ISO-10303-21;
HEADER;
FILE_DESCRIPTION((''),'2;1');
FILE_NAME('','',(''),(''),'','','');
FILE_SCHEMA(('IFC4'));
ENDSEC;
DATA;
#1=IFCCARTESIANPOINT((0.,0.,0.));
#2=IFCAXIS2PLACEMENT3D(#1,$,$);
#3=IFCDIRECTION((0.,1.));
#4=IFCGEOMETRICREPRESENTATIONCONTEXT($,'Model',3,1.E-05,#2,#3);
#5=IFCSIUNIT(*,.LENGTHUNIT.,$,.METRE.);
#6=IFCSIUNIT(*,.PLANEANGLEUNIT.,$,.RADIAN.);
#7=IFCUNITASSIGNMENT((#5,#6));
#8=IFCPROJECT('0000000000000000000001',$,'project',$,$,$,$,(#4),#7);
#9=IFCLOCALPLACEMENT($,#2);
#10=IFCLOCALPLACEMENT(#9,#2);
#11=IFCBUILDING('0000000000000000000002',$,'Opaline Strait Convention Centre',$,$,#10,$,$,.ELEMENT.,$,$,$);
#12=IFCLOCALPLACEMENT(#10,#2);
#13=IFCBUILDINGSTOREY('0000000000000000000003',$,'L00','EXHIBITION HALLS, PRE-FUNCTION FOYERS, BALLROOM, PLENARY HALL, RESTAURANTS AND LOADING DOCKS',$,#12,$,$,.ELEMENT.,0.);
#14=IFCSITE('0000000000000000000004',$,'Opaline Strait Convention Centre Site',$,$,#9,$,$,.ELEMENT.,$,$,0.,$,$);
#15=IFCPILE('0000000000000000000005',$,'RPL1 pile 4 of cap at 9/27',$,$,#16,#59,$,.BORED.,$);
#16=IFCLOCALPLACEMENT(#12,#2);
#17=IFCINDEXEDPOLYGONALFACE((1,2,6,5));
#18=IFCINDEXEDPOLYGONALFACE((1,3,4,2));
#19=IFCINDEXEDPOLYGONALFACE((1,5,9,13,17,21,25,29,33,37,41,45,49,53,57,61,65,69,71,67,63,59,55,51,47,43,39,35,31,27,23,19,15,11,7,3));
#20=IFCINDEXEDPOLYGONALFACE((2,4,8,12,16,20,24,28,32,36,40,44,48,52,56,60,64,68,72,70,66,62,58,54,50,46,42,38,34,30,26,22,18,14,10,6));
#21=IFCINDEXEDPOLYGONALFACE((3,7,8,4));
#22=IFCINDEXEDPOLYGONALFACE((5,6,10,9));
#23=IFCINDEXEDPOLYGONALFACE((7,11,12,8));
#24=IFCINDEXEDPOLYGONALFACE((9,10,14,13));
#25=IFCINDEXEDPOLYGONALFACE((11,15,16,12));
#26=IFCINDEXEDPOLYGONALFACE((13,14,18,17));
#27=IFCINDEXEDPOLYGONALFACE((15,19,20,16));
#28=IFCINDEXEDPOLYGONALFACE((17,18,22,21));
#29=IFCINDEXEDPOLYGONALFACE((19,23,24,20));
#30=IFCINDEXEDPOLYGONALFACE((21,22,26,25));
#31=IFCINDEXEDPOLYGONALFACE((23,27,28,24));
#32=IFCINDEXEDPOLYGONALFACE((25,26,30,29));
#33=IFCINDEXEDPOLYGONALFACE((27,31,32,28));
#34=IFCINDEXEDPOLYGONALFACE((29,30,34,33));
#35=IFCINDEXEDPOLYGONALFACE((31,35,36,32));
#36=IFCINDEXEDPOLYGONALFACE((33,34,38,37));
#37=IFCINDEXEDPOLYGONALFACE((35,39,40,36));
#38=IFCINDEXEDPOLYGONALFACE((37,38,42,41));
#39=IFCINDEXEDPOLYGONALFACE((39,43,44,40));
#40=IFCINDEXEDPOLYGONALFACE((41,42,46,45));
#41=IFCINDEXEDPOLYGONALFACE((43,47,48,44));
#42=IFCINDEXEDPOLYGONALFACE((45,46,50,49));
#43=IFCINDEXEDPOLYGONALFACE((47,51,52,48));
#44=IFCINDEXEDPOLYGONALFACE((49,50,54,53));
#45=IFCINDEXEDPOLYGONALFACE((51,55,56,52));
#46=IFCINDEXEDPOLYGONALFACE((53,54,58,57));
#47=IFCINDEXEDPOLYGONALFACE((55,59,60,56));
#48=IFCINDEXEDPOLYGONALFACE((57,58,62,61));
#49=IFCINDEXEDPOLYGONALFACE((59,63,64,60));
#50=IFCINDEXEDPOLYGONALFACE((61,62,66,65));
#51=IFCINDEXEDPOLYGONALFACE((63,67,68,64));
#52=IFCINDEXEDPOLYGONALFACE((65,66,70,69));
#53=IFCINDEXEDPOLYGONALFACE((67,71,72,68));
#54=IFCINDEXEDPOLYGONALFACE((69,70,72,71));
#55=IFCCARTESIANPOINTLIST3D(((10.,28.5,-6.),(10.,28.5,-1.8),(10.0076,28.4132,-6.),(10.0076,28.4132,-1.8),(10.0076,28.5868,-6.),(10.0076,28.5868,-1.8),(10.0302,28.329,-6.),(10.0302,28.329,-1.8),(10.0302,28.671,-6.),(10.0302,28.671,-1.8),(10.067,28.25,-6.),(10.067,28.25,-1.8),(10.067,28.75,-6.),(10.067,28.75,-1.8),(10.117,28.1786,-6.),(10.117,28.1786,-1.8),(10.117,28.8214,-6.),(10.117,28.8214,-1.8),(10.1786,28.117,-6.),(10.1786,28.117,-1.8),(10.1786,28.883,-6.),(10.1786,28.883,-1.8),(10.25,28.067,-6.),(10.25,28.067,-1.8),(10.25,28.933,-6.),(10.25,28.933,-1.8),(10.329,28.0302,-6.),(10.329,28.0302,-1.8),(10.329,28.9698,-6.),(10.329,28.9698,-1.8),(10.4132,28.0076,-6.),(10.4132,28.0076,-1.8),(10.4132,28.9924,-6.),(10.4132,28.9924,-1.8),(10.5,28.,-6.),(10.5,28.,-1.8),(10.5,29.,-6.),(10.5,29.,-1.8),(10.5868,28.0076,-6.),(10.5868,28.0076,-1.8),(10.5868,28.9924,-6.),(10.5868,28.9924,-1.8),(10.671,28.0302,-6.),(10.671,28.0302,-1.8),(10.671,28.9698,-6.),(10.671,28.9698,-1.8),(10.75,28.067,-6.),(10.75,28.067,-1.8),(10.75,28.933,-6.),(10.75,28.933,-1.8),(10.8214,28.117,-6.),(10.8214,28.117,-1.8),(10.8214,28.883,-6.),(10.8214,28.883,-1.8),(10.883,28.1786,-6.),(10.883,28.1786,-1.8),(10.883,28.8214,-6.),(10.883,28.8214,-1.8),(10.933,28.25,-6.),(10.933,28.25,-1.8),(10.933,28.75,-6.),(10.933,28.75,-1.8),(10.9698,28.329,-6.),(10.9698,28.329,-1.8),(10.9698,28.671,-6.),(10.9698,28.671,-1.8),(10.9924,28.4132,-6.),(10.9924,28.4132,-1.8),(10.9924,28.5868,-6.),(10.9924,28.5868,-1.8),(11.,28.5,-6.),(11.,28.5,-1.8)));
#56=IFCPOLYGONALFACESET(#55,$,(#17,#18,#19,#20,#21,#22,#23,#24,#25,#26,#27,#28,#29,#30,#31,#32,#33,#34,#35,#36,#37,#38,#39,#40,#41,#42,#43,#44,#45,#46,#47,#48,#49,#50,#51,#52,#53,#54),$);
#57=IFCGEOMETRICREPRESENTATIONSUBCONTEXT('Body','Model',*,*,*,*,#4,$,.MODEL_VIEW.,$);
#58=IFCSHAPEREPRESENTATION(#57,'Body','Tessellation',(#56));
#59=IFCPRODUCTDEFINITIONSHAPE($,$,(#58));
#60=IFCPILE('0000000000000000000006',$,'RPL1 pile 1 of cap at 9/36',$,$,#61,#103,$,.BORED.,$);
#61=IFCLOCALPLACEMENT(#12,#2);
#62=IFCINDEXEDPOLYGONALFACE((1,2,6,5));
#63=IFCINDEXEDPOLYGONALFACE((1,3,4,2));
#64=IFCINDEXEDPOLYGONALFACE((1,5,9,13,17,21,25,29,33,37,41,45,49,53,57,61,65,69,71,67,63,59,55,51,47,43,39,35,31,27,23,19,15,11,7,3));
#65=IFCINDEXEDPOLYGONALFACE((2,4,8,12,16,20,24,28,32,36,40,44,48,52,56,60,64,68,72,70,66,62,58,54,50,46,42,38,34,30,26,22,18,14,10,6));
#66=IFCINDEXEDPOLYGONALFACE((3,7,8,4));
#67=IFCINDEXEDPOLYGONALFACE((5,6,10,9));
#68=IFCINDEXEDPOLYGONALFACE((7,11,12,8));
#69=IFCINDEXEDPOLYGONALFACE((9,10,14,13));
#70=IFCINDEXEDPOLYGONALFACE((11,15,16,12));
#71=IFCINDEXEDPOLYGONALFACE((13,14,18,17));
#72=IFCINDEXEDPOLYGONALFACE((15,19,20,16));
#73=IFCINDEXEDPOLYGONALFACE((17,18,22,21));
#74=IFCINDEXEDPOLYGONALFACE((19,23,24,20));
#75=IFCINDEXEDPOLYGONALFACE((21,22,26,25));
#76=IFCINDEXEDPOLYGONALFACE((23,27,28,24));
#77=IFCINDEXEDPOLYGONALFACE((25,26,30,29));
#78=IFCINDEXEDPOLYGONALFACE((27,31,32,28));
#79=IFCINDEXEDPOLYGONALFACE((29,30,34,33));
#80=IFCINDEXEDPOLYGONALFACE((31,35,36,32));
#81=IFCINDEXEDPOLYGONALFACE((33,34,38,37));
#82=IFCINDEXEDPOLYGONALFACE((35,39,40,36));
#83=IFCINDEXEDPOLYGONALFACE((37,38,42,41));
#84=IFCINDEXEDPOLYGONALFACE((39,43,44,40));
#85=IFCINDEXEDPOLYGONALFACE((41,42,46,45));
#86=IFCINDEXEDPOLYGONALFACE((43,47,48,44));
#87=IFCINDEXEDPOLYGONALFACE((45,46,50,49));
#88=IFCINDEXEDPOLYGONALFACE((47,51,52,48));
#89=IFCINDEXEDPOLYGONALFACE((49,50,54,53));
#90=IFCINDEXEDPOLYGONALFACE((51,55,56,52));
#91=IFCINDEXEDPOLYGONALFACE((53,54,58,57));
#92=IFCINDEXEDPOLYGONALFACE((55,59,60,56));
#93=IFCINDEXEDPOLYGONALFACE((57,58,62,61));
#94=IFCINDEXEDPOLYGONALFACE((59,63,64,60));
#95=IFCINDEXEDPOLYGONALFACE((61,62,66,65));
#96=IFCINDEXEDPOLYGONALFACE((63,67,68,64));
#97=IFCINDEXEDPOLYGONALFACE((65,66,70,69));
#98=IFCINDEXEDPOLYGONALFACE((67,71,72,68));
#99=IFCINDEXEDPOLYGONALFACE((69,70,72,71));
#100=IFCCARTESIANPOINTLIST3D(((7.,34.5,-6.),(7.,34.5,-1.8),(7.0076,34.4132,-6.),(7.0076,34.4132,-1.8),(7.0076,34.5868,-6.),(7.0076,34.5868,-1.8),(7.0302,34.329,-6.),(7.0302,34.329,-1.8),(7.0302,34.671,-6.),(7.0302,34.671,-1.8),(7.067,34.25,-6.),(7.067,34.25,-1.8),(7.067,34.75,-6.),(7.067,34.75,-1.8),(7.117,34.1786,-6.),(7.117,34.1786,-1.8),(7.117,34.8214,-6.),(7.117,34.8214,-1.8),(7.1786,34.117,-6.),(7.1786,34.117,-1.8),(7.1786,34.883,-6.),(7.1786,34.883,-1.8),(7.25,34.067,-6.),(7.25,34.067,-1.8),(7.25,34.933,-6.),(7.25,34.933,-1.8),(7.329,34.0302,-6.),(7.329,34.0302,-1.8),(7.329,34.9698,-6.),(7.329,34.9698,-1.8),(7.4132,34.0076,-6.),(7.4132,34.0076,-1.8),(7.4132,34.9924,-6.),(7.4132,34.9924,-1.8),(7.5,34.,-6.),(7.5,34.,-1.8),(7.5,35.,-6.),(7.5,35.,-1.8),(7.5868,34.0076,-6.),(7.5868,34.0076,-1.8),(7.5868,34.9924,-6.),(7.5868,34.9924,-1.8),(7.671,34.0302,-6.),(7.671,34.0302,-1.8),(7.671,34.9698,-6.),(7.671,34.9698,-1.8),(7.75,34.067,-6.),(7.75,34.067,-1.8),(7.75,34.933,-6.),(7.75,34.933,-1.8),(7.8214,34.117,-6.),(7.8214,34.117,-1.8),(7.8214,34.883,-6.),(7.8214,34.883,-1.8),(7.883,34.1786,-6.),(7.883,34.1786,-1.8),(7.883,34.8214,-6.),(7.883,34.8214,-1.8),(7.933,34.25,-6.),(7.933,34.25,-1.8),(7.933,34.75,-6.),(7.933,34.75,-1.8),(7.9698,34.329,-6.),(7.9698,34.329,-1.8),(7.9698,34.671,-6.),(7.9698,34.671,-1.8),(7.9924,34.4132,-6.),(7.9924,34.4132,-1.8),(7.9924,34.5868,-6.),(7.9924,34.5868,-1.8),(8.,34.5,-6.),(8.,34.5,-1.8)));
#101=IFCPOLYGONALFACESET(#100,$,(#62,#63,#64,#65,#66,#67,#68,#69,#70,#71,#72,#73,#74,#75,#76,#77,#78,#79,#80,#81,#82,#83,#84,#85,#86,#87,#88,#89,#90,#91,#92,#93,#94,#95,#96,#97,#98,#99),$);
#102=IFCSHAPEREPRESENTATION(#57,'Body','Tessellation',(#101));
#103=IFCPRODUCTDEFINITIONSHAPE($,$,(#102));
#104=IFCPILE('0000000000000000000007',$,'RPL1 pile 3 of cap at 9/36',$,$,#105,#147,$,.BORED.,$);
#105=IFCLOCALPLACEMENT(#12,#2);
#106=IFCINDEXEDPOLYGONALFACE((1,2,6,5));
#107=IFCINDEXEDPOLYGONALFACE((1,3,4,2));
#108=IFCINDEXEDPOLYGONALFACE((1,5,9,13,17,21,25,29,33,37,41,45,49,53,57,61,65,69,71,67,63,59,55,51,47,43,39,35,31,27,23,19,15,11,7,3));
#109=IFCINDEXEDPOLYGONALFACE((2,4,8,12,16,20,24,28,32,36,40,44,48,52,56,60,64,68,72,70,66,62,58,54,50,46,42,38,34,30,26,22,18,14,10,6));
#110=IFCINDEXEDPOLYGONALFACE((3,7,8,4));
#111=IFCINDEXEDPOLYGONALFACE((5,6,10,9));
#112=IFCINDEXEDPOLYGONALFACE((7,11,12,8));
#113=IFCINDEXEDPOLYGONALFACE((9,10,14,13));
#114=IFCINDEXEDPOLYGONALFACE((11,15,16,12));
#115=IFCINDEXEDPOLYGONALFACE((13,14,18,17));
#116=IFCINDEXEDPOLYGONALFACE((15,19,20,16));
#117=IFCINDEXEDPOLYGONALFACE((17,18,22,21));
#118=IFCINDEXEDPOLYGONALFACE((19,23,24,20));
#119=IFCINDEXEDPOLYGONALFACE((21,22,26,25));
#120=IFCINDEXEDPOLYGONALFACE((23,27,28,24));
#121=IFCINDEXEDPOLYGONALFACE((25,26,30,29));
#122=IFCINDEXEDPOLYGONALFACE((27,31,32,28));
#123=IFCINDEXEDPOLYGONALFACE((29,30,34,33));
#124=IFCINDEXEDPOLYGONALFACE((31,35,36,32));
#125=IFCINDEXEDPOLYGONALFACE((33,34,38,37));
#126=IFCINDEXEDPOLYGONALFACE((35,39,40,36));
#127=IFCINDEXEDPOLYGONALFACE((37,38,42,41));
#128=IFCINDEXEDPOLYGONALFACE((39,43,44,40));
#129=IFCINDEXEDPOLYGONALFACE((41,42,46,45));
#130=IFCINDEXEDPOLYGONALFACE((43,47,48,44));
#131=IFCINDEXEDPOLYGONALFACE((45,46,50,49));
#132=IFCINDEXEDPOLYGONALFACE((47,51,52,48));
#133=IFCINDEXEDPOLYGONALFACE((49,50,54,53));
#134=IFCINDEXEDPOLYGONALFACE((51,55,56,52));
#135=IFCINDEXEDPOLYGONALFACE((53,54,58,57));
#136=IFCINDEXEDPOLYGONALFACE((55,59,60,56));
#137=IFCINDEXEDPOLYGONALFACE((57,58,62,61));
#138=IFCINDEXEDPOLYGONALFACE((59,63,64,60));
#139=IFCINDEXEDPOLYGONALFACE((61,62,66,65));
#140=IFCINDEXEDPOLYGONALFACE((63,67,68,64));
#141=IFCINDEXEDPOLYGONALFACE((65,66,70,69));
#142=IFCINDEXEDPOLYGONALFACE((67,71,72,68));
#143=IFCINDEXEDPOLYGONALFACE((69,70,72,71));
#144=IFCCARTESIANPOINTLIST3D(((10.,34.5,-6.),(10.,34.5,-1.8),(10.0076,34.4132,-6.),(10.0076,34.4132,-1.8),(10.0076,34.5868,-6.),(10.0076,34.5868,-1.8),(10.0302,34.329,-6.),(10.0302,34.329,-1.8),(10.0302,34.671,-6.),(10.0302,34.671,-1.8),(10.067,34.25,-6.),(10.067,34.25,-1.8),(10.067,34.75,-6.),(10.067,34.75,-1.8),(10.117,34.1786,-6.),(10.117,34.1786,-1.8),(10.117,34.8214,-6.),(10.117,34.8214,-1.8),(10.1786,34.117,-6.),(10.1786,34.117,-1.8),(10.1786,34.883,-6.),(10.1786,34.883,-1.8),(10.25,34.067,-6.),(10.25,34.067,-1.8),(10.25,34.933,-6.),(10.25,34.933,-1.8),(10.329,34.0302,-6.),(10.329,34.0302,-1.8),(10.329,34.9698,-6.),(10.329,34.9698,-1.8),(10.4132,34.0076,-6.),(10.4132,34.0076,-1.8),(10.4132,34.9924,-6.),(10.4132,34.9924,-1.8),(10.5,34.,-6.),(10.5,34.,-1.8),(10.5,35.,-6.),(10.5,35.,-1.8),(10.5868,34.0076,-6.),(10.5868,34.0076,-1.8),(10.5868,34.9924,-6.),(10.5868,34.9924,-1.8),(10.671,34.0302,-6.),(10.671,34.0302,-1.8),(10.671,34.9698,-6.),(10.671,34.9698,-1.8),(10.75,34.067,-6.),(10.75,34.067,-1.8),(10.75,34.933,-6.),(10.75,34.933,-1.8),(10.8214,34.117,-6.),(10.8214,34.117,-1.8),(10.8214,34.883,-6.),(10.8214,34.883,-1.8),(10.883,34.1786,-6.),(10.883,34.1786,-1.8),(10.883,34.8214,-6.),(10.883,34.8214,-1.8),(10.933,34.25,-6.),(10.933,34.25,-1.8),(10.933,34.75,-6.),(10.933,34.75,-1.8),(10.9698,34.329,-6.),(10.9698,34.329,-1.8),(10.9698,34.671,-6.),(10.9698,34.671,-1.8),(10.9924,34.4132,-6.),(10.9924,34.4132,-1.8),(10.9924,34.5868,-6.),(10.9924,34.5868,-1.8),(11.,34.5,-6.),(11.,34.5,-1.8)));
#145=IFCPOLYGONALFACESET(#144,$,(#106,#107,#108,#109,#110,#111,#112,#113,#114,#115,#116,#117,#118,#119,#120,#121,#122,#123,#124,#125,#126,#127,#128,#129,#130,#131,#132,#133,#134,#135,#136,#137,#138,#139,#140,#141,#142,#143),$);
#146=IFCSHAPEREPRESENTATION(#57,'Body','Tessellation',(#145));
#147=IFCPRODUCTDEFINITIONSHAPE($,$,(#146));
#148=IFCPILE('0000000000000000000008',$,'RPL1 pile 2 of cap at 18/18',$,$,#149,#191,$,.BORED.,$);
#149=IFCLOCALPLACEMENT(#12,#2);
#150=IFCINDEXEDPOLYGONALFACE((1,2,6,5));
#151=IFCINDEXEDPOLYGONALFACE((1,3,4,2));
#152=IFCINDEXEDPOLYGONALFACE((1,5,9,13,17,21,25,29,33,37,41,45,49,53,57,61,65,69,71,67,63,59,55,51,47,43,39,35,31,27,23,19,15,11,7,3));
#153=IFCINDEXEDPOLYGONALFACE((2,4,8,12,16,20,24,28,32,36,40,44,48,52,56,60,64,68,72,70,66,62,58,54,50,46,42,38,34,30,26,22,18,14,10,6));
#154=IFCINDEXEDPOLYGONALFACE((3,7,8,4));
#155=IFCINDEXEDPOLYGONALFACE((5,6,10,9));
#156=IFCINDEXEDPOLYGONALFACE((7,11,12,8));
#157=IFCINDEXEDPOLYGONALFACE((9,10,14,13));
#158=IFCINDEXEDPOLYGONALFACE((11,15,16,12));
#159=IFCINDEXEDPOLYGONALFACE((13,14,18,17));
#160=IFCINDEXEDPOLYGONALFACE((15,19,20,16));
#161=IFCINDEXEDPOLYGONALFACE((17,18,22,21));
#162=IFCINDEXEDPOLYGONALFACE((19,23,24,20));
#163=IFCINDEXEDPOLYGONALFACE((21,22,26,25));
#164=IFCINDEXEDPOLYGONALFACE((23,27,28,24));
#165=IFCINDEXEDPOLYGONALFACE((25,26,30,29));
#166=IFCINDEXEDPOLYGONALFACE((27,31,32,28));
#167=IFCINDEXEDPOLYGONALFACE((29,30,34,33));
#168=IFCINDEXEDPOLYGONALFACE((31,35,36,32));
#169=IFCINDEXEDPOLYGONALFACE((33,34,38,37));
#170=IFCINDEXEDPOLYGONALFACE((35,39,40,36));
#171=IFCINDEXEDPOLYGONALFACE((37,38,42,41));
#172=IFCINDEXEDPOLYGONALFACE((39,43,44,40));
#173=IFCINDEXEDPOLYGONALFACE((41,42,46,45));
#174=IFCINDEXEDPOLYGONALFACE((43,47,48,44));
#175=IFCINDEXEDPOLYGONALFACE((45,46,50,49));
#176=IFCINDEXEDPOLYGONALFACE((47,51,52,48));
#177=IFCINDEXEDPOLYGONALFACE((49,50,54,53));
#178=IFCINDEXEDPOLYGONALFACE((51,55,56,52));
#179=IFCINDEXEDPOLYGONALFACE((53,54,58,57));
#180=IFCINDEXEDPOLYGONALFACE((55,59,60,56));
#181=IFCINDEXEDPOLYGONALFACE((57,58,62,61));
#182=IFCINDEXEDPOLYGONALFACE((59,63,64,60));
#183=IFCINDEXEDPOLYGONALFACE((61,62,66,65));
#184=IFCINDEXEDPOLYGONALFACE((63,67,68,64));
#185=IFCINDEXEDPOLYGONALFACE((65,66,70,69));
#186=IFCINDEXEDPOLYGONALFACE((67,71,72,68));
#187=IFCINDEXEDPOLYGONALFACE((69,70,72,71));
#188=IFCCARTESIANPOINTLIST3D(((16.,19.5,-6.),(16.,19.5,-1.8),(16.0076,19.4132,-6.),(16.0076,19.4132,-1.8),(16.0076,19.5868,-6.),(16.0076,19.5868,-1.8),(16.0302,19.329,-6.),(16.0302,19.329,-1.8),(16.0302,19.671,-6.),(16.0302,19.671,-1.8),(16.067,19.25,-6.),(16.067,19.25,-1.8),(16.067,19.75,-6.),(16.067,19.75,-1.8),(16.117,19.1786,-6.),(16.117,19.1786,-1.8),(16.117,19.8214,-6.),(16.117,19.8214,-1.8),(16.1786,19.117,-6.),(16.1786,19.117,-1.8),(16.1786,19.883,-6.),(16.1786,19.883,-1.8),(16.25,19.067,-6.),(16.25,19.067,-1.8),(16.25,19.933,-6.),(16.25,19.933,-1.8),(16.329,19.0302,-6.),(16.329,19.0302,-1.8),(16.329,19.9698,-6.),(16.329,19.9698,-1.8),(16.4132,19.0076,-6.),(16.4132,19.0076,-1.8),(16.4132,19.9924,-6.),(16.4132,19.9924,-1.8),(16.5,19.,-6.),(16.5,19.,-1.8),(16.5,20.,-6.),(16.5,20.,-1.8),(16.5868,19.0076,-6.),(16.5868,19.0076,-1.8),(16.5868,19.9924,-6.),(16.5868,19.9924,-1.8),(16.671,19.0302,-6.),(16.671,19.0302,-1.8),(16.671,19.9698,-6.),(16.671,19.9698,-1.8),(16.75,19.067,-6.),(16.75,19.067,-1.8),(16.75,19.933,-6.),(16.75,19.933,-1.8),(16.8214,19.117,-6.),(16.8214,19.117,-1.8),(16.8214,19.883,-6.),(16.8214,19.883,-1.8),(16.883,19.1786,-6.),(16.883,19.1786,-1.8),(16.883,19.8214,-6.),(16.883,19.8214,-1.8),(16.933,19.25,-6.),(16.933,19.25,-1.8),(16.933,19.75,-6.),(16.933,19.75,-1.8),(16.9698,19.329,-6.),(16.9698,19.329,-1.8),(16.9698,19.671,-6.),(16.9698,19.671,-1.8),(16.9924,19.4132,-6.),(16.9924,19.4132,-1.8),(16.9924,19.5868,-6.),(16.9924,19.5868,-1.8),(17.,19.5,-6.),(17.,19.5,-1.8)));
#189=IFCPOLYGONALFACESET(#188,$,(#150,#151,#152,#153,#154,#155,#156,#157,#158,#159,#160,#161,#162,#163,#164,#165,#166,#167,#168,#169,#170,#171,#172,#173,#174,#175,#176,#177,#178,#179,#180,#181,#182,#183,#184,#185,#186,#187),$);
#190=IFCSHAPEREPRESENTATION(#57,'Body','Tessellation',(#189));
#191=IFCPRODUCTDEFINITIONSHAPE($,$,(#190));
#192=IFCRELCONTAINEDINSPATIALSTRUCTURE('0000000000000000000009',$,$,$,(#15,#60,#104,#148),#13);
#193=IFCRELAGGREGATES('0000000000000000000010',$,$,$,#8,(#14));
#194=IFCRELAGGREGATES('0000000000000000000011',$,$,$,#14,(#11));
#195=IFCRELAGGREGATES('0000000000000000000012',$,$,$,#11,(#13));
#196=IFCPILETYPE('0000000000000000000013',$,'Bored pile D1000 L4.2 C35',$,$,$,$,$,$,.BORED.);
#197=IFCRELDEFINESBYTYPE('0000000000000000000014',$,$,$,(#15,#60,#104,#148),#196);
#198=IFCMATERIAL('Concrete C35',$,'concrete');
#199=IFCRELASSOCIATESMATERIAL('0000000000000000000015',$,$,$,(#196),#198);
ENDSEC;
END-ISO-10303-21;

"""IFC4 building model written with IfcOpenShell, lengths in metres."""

from ifc_helpers import new_model, si_unit, direction, frame, origin, origin_2d, place, context, subcontext, project, spatial, circle, extrude, material, material_profile, profile_set, type_object, element, save


model = new_model("IFC4")

# Units and contexts
model_context = context("Model", 3, precision=1e-05, world=origin(), true_north=direction((0.0, 1.0)))
body_context = subcontext(model_context, "Body", "Model", "MODEL_VIEW")
ifc_project = project(units=[si_unit("LENGTHUNIT", "METRE"), si_unit("PLANEANGLEUNIT", "RADIAN")], contexts=[model_context])

# Site, building, storey
site_placement = place(None, origin())
site = spatial("IfcSite", under=ifc_project, at=site_placement, Name="Opaline Strait Convention Centre Site", CompositionType="ELEMENT", RefElevation=0.0)
building_placement = place(site_placement, origin())
building = spatial("IfcBuilding", under=site, at=building_placement, Name="Opaline Strait Convention Centre", CompositionType="ELEMENT")
storey_placement = place(building_placement, origin())
storey = spatial("IfcBuildingStorey", under=building, at=storey_placement, Name="L00", Description="EXHIBITION HALLS, PRE-FUNCTION FOYERS, BALLROOM, PLENARY HALL, RESTAURANTS AND LOADING DOCKS", CompositionType="ELEMENT", Elevation=0.0)

# Piles
ifc_material_1 = material(Name="Concrete C35", Category="concrete")
ifc_material_profile_1 = material_profile(ifc_material_1, circle(Radius=0.5, at=origin_2d()), Name="D1000")
ifc_profile_set_1 = profile_set([ifc_material_profile_1], Name="Concrete C35")
pile_type = type_object("IfcPileType", Name="Bored pile D1000 L4.2 C35", PredefinedType="BORED", material=ifc_profile_set_1)
for number, where, z_axis, x_axis, name in (
    (1, (10.5, 28.5, -1.8), (0.0, 0.0, -1.0), (1.0, 0.0, 0.0), "RPL1 pile 4 of cap at 9/27"),
    (2, (7.5, 34.5, -1.8), (0.0, 0.0, -1.0), (1.0, 0.0, 0.0), "RPL1 pile 1 of cap at 9/36"),
    (3, (10.5, 34.5, -1.8), (0.0, 0.0, -1.0), (1.0, 0.0, 0.0), "RPL1 pile 3 of cap at 9/36"),
    (4, (16.5, 19.5, -1.8), (0.0, 0.0, -1.0), (1.0, 0.0, 0.0), "RPL1 pile 2 of cap at 18/18"),
):
    element("IfcPile", number, at=place(storey_placement, frame(where, z_axis=z_axis, x_axis=x_axis)), inside=storey, type_object=pile_type, Name=name, PredefinedType="BORED", context=body_context, shape_type="SweptSolid", body=[
        extrude(circle(Radius=0.5, at=origin_2d()), origin(), (0.0, 0.0, 1.0), 4.2),
    ])

save(model, "model.ifc")
